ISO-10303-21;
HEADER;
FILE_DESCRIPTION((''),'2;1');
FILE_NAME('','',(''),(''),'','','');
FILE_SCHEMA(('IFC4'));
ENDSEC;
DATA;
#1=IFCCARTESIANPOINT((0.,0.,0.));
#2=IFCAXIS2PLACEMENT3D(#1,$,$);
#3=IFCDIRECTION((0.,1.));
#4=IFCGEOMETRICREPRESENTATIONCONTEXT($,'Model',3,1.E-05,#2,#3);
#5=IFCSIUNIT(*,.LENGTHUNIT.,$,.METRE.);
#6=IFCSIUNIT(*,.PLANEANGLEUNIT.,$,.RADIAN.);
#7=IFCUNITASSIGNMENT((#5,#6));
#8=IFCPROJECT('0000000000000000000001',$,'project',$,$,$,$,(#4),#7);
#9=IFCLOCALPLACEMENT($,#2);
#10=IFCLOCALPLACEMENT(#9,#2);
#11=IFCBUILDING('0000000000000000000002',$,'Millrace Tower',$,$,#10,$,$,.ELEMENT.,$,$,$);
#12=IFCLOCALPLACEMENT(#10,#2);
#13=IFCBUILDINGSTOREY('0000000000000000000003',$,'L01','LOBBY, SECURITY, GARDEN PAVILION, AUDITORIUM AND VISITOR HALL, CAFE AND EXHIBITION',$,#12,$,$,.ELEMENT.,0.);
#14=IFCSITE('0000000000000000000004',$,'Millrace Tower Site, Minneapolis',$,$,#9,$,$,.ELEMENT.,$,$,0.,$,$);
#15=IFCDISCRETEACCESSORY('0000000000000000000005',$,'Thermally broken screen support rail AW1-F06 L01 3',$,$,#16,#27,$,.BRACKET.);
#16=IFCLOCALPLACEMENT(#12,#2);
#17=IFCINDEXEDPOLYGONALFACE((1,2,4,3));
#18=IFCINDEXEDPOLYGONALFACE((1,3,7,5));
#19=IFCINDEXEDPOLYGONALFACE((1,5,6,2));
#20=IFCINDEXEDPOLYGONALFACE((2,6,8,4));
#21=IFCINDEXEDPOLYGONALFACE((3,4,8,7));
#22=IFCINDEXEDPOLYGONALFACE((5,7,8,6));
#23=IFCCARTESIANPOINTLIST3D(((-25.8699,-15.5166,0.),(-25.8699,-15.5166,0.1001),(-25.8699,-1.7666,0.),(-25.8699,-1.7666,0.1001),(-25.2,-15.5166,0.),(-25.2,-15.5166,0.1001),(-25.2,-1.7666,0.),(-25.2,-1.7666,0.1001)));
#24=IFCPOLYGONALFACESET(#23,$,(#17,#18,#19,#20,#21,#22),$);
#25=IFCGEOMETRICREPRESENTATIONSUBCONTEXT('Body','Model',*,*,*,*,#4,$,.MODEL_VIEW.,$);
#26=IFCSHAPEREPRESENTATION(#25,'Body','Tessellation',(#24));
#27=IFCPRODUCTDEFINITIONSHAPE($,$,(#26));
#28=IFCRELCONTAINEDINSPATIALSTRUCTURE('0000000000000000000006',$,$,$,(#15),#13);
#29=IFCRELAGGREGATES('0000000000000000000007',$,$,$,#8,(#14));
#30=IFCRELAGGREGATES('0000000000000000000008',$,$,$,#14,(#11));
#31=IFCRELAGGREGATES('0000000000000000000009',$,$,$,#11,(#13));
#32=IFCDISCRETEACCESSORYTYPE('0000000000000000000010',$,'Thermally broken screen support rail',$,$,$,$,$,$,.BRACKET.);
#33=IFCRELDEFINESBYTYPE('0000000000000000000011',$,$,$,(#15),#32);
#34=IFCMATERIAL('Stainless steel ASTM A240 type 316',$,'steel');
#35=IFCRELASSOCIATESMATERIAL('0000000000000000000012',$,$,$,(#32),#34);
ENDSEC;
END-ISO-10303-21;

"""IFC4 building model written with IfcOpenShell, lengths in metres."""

from ifc_helpers import new_model, si_unit, direction, frame, origin, origin_2d, place, context, subcontext, project, spatial, rectangle, extrude, material, type_object, element, save


model = new_model("IFC4")

# Units and contexts
model_context = context("Model", 3, precision=1e-05, world=origin(), true_north=direction((0.0, 1.0)))
body_context = subcontext(model_context, "Body", "Model", "MODEL_VIEW")
ifc_project = project(units=[si_unit("LENGTHUNIT", "METRE"), si_unit("PLANEANGLEUNIT", "RADIAN")], contexts=[model_context])

# Site, building, storey
site_placement = place(None, origin())
site = spatial("IfcSite", under=ifc_project, at=site_placement, Name="Millrace Tower Site, Minneapolis", CompositionType="ELEMENT", RefElevation=0.0)
building_placement = place(site_placement, origin())
building = spatial("IfcBuilding", under=site, at=building_placement, Name="Millrace Tower", CompositionType="ELEMENT")
storey_placement = place(building_placement, origin())
storey = spatial("IfcBuildingStorey", under=building, at=storey_placement, Name="L01", Description="LOBBY, SECURITY, GARDEN PAVILION, AUDITORIUM AND VISITOR HALL, CAFE AND EXHIBITION", CompositionType="ELEMENT", Elevation=0.0)

# Discrete accessory
ifc_material_1 = material(Name="Stainless steel ASTM A240 type 316", Category="steel")
discrete_accessory_type = type_object("IfcDiscreteAccessoryType", Name="Thermally broken screen support rail", PredefinedType="BRACKET", material=ifc_material_1)
discrete_accessory_placement = place(storey_placement, frame((-25.5349, -8.6416, 0.0), z_axis=(0.0, 0.0, 1.0), x_axis=(0.0, -1.0, 0.0)))
element("IfcDiscreteAccessory", 1, at=discrete_accessory_placement, inside=storey, type_object=discrete_accessory_type, Name="Thermally broken screen support rail AW1-F06 L01 3", PredefinedType="BRACKET", context=body_context, shape_type="SweptSolid", body=[
    extrude(rectangle(XDim=13.75, YDim=0.6699, at=origin_2d()), origin(), (0.0, 0.0, 1.0), 0.1001),
])

save(model, "model.ifc")
